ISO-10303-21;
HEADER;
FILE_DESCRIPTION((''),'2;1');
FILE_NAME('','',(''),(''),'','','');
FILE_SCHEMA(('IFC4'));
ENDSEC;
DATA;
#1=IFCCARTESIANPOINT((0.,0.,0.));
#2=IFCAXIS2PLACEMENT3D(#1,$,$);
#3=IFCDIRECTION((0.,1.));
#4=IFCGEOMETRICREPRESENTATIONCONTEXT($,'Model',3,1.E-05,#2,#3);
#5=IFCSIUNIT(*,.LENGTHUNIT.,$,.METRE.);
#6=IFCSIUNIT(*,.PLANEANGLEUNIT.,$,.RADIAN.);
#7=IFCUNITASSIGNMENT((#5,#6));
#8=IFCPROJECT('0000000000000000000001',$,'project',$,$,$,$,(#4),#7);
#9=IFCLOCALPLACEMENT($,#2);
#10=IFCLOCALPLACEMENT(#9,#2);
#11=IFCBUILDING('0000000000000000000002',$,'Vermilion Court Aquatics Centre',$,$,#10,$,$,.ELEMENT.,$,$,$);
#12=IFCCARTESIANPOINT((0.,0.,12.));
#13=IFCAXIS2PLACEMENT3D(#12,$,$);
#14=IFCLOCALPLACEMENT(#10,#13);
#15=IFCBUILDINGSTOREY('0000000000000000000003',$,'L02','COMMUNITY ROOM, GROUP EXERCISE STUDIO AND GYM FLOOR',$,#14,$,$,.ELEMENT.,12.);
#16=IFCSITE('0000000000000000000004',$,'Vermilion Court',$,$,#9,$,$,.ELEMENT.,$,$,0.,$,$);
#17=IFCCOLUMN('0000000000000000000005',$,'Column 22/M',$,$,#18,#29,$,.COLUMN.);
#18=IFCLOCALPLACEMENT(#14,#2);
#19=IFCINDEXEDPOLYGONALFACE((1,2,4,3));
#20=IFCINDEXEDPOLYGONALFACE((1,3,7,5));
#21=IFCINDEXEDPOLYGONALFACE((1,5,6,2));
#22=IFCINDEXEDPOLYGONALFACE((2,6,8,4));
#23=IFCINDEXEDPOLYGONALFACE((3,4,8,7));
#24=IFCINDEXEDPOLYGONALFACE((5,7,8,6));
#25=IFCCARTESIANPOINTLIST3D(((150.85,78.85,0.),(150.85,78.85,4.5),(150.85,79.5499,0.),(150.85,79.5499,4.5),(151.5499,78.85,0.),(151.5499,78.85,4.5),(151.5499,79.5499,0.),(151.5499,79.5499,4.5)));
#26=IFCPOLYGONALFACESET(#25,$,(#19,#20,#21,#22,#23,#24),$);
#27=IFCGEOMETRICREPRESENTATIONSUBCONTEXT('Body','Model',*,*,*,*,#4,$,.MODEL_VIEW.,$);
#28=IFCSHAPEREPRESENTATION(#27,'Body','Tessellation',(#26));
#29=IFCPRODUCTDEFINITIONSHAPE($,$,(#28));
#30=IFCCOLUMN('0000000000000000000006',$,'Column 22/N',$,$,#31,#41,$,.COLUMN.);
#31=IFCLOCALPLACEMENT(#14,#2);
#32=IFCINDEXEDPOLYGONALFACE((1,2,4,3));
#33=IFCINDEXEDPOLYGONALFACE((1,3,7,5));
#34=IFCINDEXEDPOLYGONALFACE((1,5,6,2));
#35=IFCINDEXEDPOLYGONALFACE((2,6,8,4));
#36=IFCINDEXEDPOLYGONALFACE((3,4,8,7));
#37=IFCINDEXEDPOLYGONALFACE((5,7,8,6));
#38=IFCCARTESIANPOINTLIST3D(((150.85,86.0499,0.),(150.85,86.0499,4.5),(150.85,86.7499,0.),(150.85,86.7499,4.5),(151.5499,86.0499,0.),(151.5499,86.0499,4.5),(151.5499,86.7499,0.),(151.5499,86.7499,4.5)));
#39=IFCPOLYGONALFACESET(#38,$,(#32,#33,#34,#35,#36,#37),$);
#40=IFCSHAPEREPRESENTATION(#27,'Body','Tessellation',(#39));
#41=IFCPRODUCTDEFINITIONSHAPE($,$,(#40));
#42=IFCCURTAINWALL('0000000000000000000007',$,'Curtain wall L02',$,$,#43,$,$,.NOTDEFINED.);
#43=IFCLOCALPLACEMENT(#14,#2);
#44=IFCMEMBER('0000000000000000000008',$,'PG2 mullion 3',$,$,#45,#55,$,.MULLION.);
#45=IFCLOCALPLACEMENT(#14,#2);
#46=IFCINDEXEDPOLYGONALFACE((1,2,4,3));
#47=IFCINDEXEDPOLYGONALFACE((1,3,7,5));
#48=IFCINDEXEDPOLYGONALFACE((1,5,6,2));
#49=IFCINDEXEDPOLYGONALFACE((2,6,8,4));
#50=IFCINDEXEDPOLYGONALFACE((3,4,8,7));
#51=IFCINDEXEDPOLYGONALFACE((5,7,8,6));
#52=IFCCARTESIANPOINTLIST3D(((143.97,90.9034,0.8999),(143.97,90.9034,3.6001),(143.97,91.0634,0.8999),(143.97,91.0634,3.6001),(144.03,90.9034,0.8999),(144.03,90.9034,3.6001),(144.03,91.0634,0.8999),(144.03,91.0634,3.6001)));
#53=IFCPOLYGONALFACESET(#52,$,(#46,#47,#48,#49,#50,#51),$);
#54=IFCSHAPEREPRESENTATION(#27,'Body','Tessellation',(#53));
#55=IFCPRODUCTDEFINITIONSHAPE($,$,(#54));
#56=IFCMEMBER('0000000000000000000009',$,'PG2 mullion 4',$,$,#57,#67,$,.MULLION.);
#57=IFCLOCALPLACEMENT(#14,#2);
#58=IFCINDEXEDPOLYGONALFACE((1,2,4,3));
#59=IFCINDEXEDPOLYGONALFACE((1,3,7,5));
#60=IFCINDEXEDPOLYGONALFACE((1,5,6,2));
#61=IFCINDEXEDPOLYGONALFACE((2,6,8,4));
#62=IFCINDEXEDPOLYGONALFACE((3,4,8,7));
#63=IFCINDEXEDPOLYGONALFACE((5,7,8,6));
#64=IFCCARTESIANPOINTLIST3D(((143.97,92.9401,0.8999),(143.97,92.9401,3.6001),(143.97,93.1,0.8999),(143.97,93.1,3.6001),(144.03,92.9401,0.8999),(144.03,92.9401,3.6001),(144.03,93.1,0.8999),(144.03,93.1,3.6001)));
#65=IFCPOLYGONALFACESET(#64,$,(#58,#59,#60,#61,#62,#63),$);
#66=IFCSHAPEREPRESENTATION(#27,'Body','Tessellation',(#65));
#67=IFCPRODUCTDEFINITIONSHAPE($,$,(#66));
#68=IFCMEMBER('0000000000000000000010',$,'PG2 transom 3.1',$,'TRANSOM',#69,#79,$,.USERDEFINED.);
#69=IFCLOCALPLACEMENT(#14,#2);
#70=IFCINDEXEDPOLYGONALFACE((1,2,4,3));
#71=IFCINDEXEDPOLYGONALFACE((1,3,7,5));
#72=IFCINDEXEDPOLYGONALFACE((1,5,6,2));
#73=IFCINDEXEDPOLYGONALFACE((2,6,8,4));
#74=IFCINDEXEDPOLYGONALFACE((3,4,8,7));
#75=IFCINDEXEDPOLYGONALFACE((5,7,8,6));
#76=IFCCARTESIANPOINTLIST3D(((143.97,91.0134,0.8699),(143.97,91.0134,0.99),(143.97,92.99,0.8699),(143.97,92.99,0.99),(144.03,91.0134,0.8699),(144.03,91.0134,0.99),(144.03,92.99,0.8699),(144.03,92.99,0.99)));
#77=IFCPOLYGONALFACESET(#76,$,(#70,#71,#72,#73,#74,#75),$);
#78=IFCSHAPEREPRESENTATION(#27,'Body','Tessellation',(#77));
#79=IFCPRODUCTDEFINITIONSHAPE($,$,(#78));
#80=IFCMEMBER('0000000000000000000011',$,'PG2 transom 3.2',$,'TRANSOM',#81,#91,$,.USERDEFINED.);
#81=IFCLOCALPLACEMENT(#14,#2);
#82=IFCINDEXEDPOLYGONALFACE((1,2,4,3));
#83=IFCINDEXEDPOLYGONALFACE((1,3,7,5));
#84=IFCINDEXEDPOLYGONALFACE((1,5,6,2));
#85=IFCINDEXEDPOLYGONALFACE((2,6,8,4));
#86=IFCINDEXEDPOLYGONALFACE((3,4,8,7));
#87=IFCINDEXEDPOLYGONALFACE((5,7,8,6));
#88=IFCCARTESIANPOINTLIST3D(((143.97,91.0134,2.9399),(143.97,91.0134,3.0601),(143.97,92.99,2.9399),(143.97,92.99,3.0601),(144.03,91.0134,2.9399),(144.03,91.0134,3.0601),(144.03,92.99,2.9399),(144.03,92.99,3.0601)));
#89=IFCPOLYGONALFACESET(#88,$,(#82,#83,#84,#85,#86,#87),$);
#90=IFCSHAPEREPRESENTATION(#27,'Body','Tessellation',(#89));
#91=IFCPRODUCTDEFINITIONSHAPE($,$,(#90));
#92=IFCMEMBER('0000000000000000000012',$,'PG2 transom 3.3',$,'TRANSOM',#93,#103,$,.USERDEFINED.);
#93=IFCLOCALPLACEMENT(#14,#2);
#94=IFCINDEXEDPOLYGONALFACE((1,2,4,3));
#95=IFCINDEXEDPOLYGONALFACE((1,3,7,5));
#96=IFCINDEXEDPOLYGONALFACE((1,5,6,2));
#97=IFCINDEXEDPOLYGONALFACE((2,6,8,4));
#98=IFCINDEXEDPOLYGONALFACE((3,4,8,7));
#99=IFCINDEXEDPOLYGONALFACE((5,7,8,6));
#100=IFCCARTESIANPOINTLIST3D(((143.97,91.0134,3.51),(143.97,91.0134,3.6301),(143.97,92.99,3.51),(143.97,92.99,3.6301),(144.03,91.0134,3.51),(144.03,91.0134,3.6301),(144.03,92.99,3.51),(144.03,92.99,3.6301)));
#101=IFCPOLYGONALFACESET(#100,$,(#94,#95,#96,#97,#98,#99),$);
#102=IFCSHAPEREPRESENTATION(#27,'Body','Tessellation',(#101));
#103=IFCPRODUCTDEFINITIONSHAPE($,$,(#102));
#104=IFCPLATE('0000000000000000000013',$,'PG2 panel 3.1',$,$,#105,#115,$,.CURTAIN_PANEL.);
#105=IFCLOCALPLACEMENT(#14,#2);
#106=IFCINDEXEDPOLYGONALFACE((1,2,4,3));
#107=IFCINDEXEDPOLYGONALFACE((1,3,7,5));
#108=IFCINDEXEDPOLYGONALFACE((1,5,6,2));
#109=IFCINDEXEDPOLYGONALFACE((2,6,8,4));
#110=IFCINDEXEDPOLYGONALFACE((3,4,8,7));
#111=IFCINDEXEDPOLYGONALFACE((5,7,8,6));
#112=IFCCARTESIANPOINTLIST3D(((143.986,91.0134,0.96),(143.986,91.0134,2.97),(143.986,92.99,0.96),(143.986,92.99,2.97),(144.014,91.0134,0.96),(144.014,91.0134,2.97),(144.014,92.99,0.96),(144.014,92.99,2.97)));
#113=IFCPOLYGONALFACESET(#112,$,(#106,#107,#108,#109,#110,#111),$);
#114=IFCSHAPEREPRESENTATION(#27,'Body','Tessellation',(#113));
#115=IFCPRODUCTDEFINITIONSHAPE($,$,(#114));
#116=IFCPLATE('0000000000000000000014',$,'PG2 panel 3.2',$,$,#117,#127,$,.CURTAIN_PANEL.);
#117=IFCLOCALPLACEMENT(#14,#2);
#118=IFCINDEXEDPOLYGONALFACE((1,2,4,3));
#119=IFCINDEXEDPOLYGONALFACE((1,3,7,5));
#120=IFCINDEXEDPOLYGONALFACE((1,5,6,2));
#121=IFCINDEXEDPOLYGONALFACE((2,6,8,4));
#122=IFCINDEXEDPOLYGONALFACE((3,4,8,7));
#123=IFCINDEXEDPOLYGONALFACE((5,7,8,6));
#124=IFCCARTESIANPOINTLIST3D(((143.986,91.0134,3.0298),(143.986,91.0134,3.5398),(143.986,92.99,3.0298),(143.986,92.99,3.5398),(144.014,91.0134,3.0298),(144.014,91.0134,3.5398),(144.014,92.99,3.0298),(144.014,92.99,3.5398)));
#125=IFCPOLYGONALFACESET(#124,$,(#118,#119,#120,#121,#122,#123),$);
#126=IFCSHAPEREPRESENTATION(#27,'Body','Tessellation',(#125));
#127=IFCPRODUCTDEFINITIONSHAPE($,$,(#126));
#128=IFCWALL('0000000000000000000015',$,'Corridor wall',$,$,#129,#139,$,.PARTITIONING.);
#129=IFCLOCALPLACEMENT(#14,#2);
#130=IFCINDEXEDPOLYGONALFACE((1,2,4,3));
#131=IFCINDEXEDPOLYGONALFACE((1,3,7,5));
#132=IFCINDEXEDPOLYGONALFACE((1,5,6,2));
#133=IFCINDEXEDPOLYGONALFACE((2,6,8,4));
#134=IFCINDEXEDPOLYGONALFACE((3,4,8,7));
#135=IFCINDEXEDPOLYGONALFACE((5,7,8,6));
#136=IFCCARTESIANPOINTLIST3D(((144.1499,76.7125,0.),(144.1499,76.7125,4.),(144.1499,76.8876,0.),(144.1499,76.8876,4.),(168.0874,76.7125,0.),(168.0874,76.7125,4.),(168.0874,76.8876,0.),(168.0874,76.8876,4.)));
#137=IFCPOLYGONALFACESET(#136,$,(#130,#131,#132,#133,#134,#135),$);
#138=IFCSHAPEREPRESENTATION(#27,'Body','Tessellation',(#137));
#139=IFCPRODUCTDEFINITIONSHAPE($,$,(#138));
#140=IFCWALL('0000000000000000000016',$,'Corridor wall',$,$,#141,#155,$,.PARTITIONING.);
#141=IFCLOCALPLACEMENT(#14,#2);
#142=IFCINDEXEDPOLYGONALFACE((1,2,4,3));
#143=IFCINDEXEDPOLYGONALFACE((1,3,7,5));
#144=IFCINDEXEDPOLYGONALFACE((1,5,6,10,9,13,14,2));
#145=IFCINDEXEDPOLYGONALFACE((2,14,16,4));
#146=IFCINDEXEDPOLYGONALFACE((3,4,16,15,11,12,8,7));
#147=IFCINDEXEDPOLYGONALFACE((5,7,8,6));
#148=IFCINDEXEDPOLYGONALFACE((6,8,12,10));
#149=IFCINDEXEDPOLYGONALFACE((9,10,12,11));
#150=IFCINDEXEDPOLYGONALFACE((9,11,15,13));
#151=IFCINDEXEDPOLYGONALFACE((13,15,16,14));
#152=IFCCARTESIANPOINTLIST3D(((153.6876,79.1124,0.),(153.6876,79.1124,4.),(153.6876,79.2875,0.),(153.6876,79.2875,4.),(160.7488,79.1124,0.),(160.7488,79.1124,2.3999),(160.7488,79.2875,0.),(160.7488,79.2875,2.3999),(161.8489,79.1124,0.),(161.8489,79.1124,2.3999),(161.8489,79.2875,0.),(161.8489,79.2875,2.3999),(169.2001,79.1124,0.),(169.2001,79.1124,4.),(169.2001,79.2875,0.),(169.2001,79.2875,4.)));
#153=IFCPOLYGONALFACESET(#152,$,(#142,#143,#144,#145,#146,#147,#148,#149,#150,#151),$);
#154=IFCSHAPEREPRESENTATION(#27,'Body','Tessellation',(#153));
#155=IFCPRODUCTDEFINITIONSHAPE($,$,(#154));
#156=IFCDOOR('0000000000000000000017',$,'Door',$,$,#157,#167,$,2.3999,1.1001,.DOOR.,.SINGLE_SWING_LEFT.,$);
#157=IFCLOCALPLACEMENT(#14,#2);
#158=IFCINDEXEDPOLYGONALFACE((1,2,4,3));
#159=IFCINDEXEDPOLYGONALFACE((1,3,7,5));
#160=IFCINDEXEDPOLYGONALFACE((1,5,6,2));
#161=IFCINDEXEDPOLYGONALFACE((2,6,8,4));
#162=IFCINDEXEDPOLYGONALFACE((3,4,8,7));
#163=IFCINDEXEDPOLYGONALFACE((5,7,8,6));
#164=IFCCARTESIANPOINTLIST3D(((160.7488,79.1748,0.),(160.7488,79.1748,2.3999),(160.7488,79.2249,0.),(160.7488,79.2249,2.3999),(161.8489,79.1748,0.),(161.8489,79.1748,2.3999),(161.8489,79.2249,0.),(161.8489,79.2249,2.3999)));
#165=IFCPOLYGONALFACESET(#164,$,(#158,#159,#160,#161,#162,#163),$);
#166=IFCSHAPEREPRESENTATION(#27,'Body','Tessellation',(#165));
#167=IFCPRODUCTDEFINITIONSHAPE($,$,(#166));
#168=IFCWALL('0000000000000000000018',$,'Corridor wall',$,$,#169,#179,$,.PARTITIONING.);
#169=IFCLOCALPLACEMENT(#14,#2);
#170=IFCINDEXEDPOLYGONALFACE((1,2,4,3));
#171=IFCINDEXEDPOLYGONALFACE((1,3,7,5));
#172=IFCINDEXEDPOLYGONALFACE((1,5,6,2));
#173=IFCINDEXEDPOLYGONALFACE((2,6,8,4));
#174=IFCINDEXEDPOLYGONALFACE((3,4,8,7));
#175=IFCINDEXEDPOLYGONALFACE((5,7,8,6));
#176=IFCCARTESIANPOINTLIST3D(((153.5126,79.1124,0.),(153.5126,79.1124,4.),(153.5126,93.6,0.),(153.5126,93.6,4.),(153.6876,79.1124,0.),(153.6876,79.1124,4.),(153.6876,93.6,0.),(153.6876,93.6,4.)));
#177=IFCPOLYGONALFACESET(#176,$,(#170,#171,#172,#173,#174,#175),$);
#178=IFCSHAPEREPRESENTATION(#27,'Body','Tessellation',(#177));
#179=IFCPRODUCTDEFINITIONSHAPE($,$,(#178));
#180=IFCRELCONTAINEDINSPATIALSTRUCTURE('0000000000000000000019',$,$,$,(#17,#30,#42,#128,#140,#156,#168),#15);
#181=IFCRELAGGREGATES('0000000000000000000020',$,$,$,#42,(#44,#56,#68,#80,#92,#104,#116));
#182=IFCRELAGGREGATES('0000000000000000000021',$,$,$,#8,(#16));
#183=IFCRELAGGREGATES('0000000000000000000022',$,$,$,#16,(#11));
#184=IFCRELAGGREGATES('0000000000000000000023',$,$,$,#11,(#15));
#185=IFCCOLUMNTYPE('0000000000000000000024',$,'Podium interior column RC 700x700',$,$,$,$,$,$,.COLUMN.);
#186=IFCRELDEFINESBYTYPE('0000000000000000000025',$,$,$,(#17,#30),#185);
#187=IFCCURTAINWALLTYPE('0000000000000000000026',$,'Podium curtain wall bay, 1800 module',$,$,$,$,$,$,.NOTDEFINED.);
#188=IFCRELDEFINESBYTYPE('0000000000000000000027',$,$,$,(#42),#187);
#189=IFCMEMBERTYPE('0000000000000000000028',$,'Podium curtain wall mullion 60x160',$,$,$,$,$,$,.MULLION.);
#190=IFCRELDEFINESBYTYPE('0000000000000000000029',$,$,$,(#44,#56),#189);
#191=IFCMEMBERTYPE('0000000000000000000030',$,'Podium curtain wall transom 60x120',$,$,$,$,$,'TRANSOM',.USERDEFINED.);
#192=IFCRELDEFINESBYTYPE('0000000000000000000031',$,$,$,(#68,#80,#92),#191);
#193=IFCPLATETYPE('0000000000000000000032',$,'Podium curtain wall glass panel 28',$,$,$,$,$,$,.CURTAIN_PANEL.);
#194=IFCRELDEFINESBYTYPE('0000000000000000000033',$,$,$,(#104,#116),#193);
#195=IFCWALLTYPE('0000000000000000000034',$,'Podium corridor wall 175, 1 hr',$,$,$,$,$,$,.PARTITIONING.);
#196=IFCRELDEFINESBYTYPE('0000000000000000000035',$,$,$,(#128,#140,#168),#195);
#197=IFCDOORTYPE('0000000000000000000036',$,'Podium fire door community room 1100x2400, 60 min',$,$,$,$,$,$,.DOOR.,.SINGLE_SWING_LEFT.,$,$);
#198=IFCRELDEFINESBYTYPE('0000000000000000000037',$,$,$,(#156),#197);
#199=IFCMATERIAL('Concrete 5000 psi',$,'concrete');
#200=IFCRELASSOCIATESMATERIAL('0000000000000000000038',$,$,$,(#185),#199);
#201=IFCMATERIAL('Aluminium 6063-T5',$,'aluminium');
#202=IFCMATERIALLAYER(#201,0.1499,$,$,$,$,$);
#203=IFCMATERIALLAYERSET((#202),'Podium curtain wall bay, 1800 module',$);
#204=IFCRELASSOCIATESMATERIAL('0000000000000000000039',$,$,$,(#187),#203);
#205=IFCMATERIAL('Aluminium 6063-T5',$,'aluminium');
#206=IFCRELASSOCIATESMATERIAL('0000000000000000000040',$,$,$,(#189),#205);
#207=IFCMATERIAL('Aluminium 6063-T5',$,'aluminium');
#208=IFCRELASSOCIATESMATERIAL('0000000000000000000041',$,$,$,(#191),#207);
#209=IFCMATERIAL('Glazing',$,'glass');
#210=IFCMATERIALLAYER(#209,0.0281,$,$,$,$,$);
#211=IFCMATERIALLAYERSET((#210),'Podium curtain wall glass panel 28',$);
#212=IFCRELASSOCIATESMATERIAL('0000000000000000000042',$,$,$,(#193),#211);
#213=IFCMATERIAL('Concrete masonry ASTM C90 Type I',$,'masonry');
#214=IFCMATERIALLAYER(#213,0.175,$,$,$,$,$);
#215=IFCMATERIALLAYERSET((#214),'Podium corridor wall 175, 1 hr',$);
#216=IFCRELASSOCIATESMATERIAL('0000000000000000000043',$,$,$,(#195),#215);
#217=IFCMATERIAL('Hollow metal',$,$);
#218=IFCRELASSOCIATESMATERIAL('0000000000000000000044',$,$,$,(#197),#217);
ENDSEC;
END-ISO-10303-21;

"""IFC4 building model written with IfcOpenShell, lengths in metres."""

from ifc_helpers import new_model, si_unit, direction, frame, frame_2d, origin, origin_2d, place, context, subcontext, project, spatial, rectangle, extrude, material, layer, layer_set, material_profile, profile_set, type_object, element, fill, aggregate, save


model = new_model("IFC4")

# Units and contexts
model_context = context("Model", 3, precision=1e-05, world=origin(), true_north=direction((0.0, 1.0)))
body_context = subcontext(model_context, "Body", "Model", "MODEL_VIEW")
ifc_project = project(units=[si_unit("LENGTHUNIT", "METRE"), si_unit("PLANEANGLEUNIT", "RADIAN")], contexts=[model_context])

# Site, building, storey
site_placement = place(None, origin())
site = spatial("IfcSite", under=ifc_project, at=site_placement, Name="Vermilion Court", CompositionType="ELEMENT", RefElevation=0.0)
building_placement = place(site_placement, origin())
building = spatial("IfcBuilding", under=site, at=building_placement, Name="Vermilion Court Aquatics Centre", CompositionType="ELEMENT")
storey_placement = place(building_placement, frame((0.0, 0.0, 12.0)))
storey = spatial("IfcBuildingStorey", under=building, at=storey_placement, Name="L02", Description="COMMUNITY ROOM, GROUP EXERCISE STUDIO AND GYM FLOOR", CompositionType="ELEMENT", Elevation=12.0)

# Columns
ifc_material_1 = material(Name="Concrete 5000 psi", Category="concrete")
ifc_material_profile_1 = material_profile(ifc_material_1, rectangle(XDim=0.7, YDim=0.7, at=origin_2d()), Name="RC 700x700")
ifc_profile_set_1 = profile_set([ifc_material_profile_1], Name="Concrete 5000 psi")
column_type = type_object("IfcColumnType", Name="Podium interior column RC 700x700", PredefinedType="COLUMN", material=ifc_profile_set_1)
for number, where, z_axis, x_axis, name in (
    (1, (151.2, 79.2, 0.0), (0.0, 0.0, 1.0), (1.0, 0.0, 0.0), "Column 22/M"),
    (2, (151.2, 86.3999, 0.0), (0.0, 0.0, 1.0), (1.0, 0.0, 0.0), "Column 22/N"),
):
    element("IfcColumn", number, at=place(storey_placement, frame(where, z_axis=z_axis, x_axis=x_axis)), inside=storey, type_object=column_type, Name=name, PredefinedType="COLUMN", context=body_context, shape_type="SweptSolid", body=[
        extrude(rectangle(XDim=0.7, YDim=0.7, at=origin_2d()), origin(), (0.0, 0.0, 1.0), 4.5),
    ])

# Curtain wall, members, plates
ifc_material_2 = material(Name="Aluminium 6063-T5", Category="aluminium")
ifc_layer_1 = layer(ifc_material_2, 0.1499)
ifc_layer_set_1 = layer_set([ifc_layer_1], Name="Podium curtain wall bay, 1800 module")
curtain_wall_type = type_object("IfcCurtainWallType", Name="Podium curtain wall bay, 1800 module", PredefinedType="NOTDEFINED", material=ifc_layer_set_1)
curtain_wall_placement = place(storey_placement, origin())
curtain_wall = element("IfcCurtainWall", 3, at=curtain_wall_placement, inside=storey, type_object=curtain_wall_type, Name="Curtain wall L02", PredefinedType="NOTDEFINED")
ifc_material_3 = material(Name="Aluminium 6063-T5", Category="aluminium")
ifc_material_profile_2 = material_profile(ifc_material_3, rectangle(XDim=0.0601, YDim=0.1599, at=origin_2d()), Name="Mullion 60x160")
ifc_profile_set_2 = profile_set([ifc_material_profile_2], Name="Aluminium 6063-T5")
member_type_1 = type_object("IfcMemberType", Name="Podium curtain wall mullion 60x160", PredefinedType="MULLION", material=ifc_profile_set_2)
member_1_placement = place(storey_placement, frame((144.0, 90.9834, 0.8999), z_axis=(0.0, 0.0, 1.0), x_axis=(-1.0, 0.0, 0.0)))
member_1 = element("IfcMember", 4, at=member_1_placement, type_object=member_type_1, Name="PG2 mullion 3", PredefinedType="MULLION", context=body_context, shape_type="SweptSolid", body=[
    extrude(rectangle(XDim=0.0601, YDim=0.1599, at=origin_2d()), origin(), (0.0, 0.0, 1.0), 2.7002),
])
member_2_placement = place(storey_placement, frame((144.0, 93.02, 0.8999), z_axis=(0.0, 0.0, 1.0), x_axis=(-1.0, 0.0, 0.0)))
member_2 = element("IfcMember", 5, at=member_2_placement, type_object=member_type_1, Name="PG2 mullion 4", PredefinedType="MULLION", context=body_context, shape_type="SweptSolid", body=[
    extrude(rectangle(XDim=0.0601, YDim=0.1599, at=origin_2d()), origin(), (0.0, 0.0, 1.0), 2.7002),
])
ifc_material_4 = material(Name="Aluminium 6063-T5", Category="aluminium")
ifc_material_profile_3 = material_profile(ifc_material_4, rectangle(XDim=0.0601, YDim=0.1201, at=origin_2d()), Name="Transom 60x120")
ifc_profile_set_3 = profile_set([ifc_material_profile_3], Name="Aluminium 6063-T5")
member_type_2 = type_object("IfcMemberType", Name="Podium curtain wall transom 60x120", ElementType="TRANSOM", PredefinedType="USERDEFINED", material=ifc_profile_set_3)
member_3_placement = place(storey_placement, frame((144.0, 91.0134, 0.9299), z_axis=(0.0, 1.0, 0.0), x_axis=(-1.0, 0.0, 0.0)))
member_3 = element("IfcMember", 6, at=member_3_placement, type_object=member_type_2, Name="PG2 transom 3.1", ObjectType="TRANSOM", PredefinedType="USERDEFINED", context=body_context, shape_type="SweptSolid", body=[
    extrude(rectangle(XDim=0.0601, YDim=0.1201, at=origin_2d()), origin(), (0.0, 0.0, 1.0), 1.9766),
])
member_4_placement = place(storey_placement, frame((144.0, 91.0134, 3.0), z_axis=(0.0, 1.0, 0.0), x_axis=(-1.0, 0.0, 0.0)))
member_4 = element("IfcMember", 7, at=member_4_placement, type_object=member_type_2, Name="PG2 transom 3.2", ObjectType="TRANSOM", PredefinedType="USERDEFINED", context=body_context, shape_type="SweptSolid", body=[
    extrude(rectangle(XDim=0.0601, YDim=0.1201, at=origin_2d()), origin(), (0.0, 0.0, 1.0), 1.9766),
])
member_5_placement = place(storey_placement, frame((144.0, 91.0134, 3.5701), z_axis=(0.0, 1.0, 0.0), x_axis=(-1.0, 0.0, 0.0)))
member_5 = element("IfcMember", 8, at=member_5_placement, type_object=member_type_2, Name="PG2 transom 3.3", ObjectType="TRANSOM", PredefinedType="USERDEFINED", context=body_context, shape_type="SweptSolid", body=[
    extrude(rectangle(XDim=0.0601, YDim=0.1201, at=origin_2d()), origin(), (0.0, 0.0, 1.0), 1.9766),
])
ifc_material_5 = material(Name="Glazing", Category="glass")
ifc_layer_2 = layer(ifc_material_5, 0.0281)
ifc_layer_set_2 = layer_set([ifc_layer_2], Name="Podium curtain wall glass panel 28")
plate_type = type_object("IfcPlateType", Name="Podium curtain wall glass panel 28", PredefinedType="CURTAIN_PANEL", material=ifc_layer_set_2)
plate_1_placement = place(storey_placement, frame((144.0, 92.0017, 0.96), z_axis=(0.0, 0.0, 1.0), x_axis=(0.0, 1.0, 0.0)))
plate_1 = element("IfcPlate", 9, at=plate_1_placement, type_object=plate_type, Name="PG2 panel 3.1", PredefinedType="CURTAIN_PANEL", context=body_context, shape_type="SweptSolid", body=[
    extrude(rectangle(XDim=1.9766, YDim=0.0281, at=origin_2d()), origin(), (0.0, 0.0, 1.0), 2.01),
])
plate_2_placement = place(storey_placement, frame((144.0, 92.0017, 3.0298), z_axis=(0.0, 0.0, 1.0), x_axis=(0.0, 1.0, 0.0)))
plate_2 = element("IfcPlate", 10, at=plate_2_placement, type_object=plate_type, Name="PG2 panel 3.2", PredefinedType="CURTAIN_PANEL", context=body_context, shape_type="SweptSolid", body=[
    extrude(rectangle(XDim=1.9766, YDim=0.0281, at=origin_2d()), origin(), (0.0, 0.0, 1.0), 0.51),
])
aggregate(curtain_wall, [member_1, member_2, member_3, member_4, member_5, plate_1, plate_2])

# Wall
ifc_material_6 = material(Name="Concrete masonry ASTM C90 Type I", Category="masonry")
ifc_layer_3 = layer(ifc_material_6, 0.175)
ifc_layer_set_3 = layer_set([ifc_layer_3], Name="Podium corridor wall 175, 1 hr")
wall_type_1 = type_object("IfcWallType", Name="Podium corridor wall 175, 1 hr", PredefinedType="PARTITIONING", material=ifc_layer_set_3)
wall_1_placement = place(storey_placement, frame((144.1499, 76.8, 0.0), z_axis=(0.0, 0.0, 1.0), x_axis=(1.0, 0.0, 0.0)))
element("IfcWall", 11, at=wall_1_placement, inside=storey, type_object=wall_type_1, Name="Corridor wall", PredefinedType="PARTITIONING", context=body_context, shape_type="SweptSolid", body=[
    extrude(rectangle(XDim=23.9375, YDim=0.175, at=frame_2d((11.9688, 0.0))), origin(), (0.0, 0.0, 1.0), 4.0),
])

# Wall, opening, door
wall_2_placement = place(storey_placement, frame((153.6875, 79.2, 0.0), z_axis=(0.0, 0.0, 1.0), x_axis=(1.0, 0.0, 0.0)))
wall_2 = element("IfcWall", 12, at=wall_2_placement, inside=storey, type_object=wall_type_1, Name="Corridor wall", PredefinedType="PARTITIONING", context=body_context, shape_type="SweptSolid", body=[
    extrude(rectangle(XDim=15.5125, YDim=0.175, at=frame_2d((7.7563, 0.0))), origin(), (0.0, 0.0, 1.0), 4.0),
])
opening_1_placement = place(wall_2_placement, frame((7.0613, 0.0, 0.0)))
opening_1 = element("IfcOpeningElement", 13, at=opening_1_placement, cuts=wall_2, PredefinedType="OPENING", context=body_context, shape_type="SweptSolid", body=[
    extrude(rectangle(XDim=1.1001, YDim=2.3999, at=frame_2d((0.55, 1.2))), frame((0.0, 0.0974, 0.0), z_axis=(0.0, -1.0, 0.0), x_axis=(1.0, 0.0, 0.0)), (0.0, 0.0, 1.0), 0.1951),
])
ifc_material_7 = material(Name="Hollow metal")
door_type_1 = type_object("IfcDoorType", Name="Podium fire door community room 1100x2400, 60 min", OperationType="SINGLE_SWING_LEFT", PredefinedType="DOOR", material=ifc_material_7)
door_1_placement = place(opening_1_placement, origin())
door_1 = element("IfcDoor", 14, at=door_1_placement, inside=storey, type_object=door_type_1, Name="Door", OperationType="SINGLE_SWING_LEFT", OverallHeight=2.3999, OverallWidth=1.1001, PredefinedType="DOOR", context=body_context, shape_type="SweptSolid", body=[
    extrude(rectangle(XDim=1.1001, YDim=2.3999, at=frame_2d((0.55, 1.2))), frame((0.0, 0.0249, 0.0), z_axis=(0.0, -1.0, 0.0), x_axis=(1.0, 0.0, 0.0)), (0.0, 0.0, 1.0), 0.05),
])
fill(opening_1, door_1)

# Wall
wall_3_placement = place(storey_placement, frame((153.6001, 79.1125, 0.0), z_axis=(0.0, 0.0, 1.0), x_axis=(0.0, 1.0, 0.0)))
element("IfcWall", 15, at=wall_3_placement, inside=storey, type_object=wall_type_1, Name="Corridor wall", PredefinedType="PARTITIONING", context=body_context, shape_type="SweptSolid", body=[
    extrude(rectangle(XDim=14.4875, YDim=0.175, at=frame_2d((7.2437, 0.0))), origin(), (0.0, 0.0, 1.0), 4.0),
])

save(model, "model.ifc")
